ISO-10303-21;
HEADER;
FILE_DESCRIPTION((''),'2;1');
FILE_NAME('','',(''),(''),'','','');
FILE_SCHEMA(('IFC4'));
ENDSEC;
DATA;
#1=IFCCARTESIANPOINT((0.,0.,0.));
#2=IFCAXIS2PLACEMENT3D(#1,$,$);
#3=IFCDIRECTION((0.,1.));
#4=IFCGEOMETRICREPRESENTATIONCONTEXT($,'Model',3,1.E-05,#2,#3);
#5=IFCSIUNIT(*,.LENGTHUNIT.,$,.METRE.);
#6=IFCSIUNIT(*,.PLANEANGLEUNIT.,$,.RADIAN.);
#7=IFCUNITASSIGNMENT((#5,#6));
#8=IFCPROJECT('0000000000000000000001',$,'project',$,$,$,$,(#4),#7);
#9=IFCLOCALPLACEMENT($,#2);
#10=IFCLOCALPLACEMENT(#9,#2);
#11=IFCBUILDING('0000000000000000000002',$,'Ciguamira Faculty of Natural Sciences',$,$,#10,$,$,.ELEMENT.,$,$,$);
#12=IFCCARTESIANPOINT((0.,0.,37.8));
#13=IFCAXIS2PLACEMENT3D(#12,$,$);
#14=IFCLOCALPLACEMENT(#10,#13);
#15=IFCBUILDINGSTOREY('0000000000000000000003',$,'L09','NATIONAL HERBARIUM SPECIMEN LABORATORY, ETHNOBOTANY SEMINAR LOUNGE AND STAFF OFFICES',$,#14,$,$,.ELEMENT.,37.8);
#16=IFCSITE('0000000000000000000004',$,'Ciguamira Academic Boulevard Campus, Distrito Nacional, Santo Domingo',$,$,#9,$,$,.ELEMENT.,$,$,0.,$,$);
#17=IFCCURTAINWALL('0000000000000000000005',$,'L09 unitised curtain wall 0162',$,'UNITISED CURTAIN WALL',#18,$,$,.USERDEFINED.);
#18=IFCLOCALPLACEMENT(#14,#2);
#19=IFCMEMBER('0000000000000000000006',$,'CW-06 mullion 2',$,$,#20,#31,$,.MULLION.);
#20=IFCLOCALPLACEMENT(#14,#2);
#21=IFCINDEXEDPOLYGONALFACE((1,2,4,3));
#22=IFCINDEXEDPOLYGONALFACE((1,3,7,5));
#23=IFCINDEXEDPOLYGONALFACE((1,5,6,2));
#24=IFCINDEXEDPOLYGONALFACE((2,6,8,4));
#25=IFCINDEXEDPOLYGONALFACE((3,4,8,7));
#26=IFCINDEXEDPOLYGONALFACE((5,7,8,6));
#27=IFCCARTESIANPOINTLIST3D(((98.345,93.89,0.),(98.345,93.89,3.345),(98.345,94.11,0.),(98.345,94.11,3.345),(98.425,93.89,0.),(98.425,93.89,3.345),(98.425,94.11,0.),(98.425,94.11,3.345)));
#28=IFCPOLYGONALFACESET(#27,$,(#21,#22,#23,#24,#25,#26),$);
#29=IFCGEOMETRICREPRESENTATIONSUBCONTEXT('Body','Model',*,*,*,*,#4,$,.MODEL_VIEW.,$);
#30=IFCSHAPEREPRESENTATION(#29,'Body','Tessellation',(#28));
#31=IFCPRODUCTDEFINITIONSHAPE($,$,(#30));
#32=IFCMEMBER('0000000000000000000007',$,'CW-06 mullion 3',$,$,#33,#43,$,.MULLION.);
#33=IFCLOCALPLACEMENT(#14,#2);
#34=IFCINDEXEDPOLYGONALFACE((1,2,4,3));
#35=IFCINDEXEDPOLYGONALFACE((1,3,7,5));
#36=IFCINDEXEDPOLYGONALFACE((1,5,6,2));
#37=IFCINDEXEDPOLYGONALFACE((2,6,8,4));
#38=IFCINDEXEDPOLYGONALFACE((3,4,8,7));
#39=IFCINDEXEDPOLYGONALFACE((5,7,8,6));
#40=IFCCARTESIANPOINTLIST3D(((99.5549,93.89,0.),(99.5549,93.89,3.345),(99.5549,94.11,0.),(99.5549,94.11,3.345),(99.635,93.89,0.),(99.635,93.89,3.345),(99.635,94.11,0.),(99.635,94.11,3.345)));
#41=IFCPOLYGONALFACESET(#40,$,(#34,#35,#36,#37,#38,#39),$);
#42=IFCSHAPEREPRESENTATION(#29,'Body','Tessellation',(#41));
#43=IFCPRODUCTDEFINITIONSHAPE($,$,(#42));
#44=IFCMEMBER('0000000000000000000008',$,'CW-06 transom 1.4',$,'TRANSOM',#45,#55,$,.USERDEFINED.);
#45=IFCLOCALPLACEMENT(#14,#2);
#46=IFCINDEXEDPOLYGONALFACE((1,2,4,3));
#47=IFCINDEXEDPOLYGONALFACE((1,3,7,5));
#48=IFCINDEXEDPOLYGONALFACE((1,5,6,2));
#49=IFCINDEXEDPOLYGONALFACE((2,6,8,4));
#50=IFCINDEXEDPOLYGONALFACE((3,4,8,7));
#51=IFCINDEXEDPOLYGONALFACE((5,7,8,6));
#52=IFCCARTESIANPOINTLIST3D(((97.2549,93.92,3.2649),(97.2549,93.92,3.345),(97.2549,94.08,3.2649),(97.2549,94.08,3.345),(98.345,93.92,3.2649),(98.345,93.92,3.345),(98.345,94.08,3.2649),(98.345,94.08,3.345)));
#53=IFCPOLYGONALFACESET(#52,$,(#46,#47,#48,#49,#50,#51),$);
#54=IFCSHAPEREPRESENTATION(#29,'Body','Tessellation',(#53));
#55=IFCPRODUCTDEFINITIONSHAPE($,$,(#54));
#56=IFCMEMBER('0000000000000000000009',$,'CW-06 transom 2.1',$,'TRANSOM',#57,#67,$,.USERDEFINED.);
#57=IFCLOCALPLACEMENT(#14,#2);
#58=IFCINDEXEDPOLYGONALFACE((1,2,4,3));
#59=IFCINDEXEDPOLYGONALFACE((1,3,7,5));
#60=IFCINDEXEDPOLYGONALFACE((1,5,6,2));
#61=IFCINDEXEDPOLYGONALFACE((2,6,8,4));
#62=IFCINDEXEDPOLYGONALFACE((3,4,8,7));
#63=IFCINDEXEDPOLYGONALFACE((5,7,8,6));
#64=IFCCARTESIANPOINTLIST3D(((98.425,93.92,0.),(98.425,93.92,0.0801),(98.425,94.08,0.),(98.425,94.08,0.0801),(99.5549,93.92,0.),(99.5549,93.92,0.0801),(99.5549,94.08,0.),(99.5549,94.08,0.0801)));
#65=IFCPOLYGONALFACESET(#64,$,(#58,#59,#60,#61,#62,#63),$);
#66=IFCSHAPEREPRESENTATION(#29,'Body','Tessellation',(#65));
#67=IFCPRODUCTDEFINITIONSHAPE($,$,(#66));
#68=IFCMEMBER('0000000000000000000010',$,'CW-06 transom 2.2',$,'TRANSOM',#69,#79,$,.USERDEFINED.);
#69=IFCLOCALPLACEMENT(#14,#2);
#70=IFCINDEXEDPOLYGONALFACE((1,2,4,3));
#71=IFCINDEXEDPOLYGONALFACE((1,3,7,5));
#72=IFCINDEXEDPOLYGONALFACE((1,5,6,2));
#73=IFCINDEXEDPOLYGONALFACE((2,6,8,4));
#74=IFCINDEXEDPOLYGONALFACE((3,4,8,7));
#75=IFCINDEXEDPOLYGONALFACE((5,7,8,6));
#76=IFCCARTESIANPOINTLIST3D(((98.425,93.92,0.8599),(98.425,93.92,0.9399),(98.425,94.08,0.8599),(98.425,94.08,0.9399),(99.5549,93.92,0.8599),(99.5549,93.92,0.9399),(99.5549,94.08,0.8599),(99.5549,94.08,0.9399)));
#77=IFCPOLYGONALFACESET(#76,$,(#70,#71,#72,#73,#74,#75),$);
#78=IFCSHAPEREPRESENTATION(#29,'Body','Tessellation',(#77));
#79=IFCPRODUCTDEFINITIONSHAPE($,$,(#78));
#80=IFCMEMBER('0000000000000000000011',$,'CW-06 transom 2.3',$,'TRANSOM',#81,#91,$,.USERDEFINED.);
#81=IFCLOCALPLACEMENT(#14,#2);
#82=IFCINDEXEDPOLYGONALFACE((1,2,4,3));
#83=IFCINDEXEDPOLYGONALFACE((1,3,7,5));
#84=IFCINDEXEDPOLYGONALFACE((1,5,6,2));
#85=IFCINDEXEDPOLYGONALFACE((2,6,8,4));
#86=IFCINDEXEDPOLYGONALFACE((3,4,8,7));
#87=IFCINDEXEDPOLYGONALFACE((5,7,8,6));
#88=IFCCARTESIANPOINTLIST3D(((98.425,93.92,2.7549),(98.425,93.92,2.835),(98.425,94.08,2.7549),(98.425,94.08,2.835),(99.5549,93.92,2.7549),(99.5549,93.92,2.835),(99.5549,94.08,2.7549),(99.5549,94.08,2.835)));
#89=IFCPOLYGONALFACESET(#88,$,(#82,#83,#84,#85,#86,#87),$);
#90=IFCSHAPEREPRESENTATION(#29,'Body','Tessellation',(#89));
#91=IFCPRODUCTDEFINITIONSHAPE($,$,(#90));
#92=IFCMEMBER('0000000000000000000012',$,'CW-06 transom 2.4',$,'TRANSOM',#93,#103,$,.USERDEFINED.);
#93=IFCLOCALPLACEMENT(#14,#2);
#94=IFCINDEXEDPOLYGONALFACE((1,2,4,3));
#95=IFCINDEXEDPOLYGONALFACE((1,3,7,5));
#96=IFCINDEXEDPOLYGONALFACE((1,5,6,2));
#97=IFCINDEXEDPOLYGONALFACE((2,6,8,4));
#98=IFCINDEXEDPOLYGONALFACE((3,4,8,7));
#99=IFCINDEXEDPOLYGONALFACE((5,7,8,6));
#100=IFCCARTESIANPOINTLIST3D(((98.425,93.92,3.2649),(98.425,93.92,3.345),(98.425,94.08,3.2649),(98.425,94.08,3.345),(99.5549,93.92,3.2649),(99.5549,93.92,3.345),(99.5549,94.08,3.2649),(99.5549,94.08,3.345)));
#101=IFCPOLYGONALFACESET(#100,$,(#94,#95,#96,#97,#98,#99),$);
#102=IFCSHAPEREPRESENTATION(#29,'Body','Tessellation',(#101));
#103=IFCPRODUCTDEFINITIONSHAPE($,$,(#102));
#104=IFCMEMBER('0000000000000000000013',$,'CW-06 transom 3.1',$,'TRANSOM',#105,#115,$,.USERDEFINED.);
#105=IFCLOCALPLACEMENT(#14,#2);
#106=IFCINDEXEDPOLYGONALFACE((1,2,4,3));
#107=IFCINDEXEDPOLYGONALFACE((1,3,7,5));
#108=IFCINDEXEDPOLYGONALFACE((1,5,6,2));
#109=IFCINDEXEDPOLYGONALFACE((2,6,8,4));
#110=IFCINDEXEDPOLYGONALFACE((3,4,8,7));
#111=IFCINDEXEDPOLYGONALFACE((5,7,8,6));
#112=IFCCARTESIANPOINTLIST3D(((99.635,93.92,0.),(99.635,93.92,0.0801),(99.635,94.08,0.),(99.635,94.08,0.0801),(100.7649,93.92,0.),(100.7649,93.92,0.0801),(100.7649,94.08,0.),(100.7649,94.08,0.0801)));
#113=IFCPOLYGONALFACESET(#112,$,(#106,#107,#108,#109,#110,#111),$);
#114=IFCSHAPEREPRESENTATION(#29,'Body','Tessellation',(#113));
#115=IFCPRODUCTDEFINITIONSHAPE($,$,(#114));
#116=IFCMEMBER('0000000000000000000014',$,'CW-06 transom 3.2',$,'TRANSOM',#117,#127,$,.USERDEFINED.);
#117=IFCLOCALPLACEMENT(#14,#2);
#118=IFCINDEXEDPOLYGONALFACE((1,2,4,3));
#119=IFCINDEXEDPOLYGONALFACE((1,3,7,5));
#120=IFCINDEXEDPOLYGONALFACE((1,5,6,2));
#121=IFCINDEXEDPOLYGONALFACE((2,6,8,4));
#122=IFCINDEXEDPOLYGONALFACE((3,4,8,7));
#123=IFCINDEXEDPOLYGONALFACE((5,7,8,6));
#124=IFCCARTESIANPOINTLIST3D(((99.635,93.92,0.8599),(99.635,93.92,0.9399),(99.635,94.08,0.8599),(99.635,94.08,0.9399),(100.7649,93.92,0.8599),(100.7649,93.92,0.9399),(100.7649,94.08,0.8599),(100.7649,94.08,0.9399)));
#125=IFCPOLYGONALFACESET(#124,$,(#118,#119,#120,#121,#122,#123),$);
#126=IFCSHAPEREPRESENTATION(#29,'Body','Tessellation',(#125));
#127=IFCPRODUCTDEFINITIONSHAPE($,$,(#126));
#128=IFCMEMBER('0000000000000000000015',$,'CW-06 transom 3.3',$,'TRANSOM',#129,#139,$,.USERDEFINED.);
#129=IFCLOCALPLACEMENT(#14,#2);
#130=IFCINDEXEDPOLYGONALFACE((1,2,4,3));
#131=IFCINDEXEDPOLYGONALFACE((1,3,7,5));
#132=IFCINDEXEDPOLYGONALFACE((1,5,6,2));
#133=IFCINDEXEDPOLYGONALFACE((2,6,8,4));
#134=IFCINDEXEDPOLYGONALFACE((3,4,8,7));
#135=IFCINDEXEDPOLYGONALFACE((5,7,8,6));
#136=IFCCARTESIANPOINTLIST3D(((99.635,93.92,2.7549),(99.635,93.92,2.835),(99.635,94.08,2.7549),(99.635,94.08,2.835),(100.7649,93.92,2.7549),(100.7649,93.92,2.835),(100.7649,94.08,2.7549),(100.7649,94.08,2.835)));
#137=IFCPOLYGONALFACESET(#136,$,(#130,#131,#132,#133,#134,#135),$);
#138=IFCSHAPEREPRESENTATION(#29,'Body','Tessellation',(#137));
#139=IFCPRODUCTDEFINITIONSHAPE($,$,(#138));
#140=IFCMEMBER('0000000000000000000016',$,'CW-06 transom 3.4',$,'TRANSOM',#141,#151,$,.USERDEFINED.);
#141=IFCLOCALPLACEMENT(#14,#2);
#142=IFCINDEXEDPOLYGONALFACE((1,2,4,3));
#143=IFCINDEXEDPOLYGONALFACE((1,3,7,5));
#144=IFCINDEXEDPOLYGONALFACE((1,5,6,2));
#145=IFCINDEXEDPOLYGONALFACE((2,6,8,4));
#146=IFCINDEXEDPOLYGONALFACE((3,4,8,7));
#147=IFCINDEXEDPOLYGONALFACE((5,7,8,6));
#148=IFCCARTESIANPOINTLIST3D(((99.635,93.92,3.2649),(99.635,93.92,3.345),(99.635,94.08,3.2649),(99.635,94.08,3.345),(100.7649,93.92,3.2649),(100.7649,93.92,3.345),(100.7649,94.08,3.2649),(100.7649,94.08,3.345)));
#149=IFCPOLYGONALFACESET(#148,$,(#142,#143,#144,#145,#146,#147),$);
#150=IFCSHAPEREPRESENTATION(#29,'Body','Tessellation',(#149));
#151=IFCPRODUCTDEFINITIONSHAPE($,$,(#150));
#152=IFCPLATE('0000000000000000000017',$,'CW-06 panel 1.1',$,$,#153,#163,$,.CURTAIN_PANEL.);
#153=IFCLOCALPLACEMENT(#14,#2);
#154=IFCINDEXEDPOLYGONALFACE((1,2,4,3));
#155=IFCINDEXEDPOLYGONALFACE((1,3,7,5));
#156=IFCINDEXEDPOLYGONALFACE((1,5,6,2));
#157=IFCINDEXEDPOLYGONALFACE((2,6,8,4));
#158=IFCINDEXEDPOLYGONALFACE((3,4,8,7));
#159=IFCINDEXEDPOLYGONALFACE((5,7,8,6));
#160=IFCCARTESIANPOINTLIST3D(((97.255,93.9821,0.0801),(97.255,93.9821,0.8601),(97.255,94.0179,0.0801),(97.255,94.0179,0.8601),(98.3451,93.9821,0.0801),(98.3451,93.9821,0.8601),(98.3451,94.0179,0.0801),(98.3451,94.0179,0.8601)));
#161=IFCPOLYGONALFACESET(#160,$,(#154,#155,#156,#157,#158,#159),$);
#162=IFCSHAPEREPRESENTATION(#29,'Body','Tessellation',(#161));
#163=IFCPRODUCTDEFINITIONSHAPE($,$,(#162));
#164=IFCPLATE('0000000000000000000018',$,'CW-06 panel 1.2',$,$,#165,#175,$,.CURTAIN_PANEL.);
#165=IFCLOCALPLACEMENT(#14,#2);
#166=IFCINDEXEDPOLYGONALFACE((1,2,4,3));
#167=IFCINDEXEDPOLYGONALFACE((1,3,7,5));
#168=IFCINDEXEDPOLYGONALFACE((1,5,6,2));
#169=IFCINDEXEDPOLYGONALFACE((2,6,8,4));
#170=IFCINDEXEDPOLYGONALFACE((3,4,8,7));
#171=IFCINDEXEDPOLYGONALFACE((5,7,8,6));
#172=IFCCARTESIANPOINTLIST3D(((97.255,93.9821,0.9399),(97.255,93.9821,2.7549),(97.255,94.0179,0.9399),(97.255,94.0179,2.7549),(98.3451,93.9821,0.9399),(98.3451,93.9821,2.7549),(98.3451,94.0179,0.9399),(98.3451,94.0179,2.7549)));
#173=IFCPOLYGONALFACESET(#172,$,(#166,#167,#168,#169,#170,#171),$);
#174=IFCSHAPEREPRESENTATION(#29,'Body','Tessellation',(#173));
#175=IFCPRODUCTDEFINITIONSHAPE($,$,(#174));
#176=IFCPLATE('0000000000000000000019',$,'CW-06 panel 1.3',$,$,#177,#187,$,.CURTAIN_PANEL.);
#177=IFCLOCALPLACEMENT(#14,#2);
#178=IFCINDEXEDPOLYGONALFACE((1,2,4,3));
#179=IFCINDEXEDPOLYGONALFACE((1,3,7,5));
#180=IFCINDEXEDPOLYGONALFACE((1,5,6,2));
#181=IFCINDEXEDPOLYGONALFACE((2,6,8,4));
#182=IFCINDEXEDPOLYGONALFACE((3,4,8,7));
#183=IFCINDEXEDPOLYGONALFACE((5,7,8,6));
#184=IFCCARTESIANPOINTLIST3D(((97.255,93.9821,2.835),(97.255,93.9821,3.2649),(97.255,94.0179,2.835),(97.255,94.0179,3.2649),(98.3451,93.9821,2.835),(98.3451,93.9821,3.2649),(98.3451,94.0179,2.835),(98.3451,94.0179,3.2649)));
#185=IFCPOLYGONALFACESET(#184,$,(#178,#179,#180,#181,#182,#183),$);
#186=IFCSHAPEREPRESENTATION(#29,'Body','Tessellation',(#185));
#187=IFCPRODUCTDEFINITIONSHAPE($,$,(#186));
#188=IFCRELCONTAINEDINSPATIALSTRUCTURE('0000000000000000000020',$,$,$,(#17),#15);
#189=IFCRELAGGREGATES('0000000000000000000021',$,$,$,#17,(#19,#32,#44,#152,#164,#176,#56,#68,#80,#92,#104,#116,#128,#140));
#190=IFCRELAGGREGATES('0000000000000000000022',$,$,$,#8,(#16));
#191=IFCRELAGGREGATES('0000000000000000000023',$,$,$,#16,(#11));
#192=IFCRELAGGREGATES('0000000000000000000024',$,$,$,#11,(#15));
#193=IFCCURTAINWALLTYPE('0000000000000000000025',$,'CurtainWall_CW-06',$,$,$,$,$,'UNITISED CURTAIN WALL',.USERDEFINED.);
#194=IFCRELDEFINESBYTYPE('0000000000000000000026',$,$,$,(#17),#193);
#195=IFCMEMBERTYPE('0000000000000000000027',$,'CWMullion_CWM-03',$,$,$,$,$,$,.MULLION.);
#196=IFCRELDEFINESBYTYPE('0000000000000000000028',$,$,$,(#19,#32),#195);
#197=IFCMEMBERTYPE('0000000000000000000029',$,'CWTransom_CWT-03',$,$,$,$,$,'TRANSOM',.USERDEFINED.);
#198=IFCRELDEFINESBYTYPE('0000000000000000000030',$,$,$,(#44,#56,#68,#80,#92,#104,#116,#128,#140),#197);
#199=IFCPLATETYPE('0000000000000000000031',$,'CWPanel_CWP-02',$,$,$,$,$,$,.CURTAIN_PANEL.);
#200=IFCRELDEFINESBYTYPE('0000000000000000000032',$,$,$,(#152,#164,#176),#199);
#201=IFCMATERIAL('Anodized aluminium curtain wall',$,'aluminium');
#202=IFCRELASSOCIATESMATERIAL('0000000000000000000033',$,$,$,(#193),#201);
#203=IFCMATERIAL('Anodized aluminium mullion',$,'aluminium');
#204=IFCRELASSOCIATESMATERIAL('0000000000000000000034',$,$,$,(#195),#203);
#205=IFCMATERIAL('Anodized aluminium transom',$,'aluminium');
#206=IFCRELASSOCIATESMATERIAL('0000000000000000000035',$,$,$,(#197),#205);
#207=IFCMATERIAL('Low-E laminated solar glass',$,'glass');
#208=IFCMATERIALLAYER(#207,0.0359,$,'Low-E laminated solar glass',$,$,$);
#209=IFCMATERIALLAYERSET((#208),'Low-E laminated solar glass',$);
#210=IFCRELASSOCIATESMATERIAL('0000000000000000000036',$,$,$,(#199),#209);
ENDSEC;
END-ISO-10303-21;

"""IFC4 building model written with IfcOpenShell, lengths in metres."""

from ifc_helpers import new_model, si_unit, direction, frame, origin, origin_2d, place, context, subcontext, project, spatial, rectangle, extrude, material, layer, layer_set, material_profile, profile_set, type_object, element, aggregate, save


model = new_model("IFC4")

# Units and contexts
model_context = context("Model", 3, precision=1e-05, world=origin(), true_north=direction((0.0, 1.0)))
body_context = subcontext(model_context, "Body", "Model", "MODEL_VIEW")
ifc_project = project(units=[si_unit("LENGTHUNIT", "METRE"), si_unit("PLANEANGLEUNIT", "RADIAN")], contexts=[model_context])

# Site, building, storey
site_placement = place(None, origin())
site = spatial("IfcSite", under=ifc_project, at=site_placement, Name="Ciguamira Academic Boulevard Campus, Distrito Nacional, Santo Domingo", CompositionType="ELEMENT", RefElevation=0.0)
building_placement = place(site_placement, origin())
building = spatial("IfcBuilding", under=site, at=building_placement, Name="Ciguamira Faculty of Natural Sciences", CompositionType="ELEMENT")
storey_placement = place(building_placement, frame((0.0, 0.0, 37.8)))
storey = spatial("IfcBuildingStorey", under=building, at=storey_placement, Name="L09", Description="NATIONAL HERBARIUM SPECIMEN LABORATORY, ETHNOBOTANY SEMINAR LOUNGE AND STAFF OFFICES", CompositionType="ELEMENT", Elevation=37.8)

# Curtain wall, members, plates
ifc_material_1 = material(Name="Anodized aluminium curtain wall", Category="aluminium")
curtain_wall_type = type_object("IfcCurtainWallType", Name="CurtainWall_CW-06", ElementType="UNITISED CURTAIN WALL", PredefinedType="USERDEFINED", material=ifc_material_1)
curtain_wall_placement = place(storey_placement, origin())
curtain_wall = element("IfcCurtainWall", 1, at=curtain_wall_placement, inside=storey, type_object=curtain_wall_type, Name="L09 unitised curtain wall 0162", ObjectType="UNITISED CURTAIN WALL", PredefinedType="USERDEFINED")
ifc_material_2 = material(Name="Anodized aluminium mullion", Category="aluminium")
ifc_material_profile_1 = material_profile(ifc_material_2, rectangle(XDim=0.0801, YDim=0.22, at=origin_2d()), Name="ALU-MUL-80X220")
ifc_profile_set_1 = profile_set([ifc_material_profile_1], Name="Anodized aluminium mullion")
member_type_1 = type_object("IfcMemberType", Name="CWMullion_CWM-03", PredefinedType="MULLION", material=ifc_profile_set_1)
member_1_placement = place(storey_placement, frame((98.385, 94.0, 0.0), z_axis=(0.0, 0.0, 1.0), x_axis=(1.0, 0.0, 0.0)))
member_1 = element("IfcMember", 2, at=member_1_placement, type_object=member_type_1, Name="CW-06 mullion 2", PredefinedType="MULLION", context=body_context, shape_type="SweptSolid", body=[
    extrude(rectangle(XDim=0.0801, YDim=0.22, at=origin_2d()), origin(), (0.0, 0.0, 1.0), 3.345),
])
member_2_placement = place(storey_placement, frame((99.595, 94.0, 0.0), z_axis=(0.0, 0.0, 1.0), x_axis=(1.0, 0.0, 0.0)))
member_2 = element("IfcMember", 3, at=member_2_placement, type_object=member_type_1, Name="CW-06 mullion 3", PredefinedType="MULLION", context=body_context, shape_type="SweptSolid", body=[
    extrude(rectangle(XDim=0.0801, YDim=0.22, at=origin_2d()), origin(), (0.0, 0.0, 1.0), 3.345),
])
ifc_material_3 = material(Name="Anodized aluminium transom", Category="aluminium")
ifc_material_profile_2 = material_profile(ifc_material_3, rectangle(XDim=0.0801, YDim=0.1599, at=origin_2d()), Name="ALU-TRN-80X160")
ifc_profile_set_2 = profile_set([ifc_material_profile_2], Name="Anodized aluminium transom")
member_type_2 = type_object("IfcMemberType", Name="CWTransom_CWT-03", ElementType="TRANSOM", PredefinedType="USERDEFINED", material=ifc_profile_set_2)
member_3_placement = place(storey_placement, frame((97.2549, 94.0, 3.3049), z_axis=(1.0, 0.0, 0.0), x_axis=(0.0, 0.0, 1.0)))
member_3 = element("IfcMember", 4, at=member_3_placement, type_object=member_type_2, Name="CW-06 transom 1.4", ObjectType="TRANSOM", PredefinedType="USERDEFINED", context=body_context, shape_type="SweptSolid", body=[
    extrude(rectangle(XDim=0.0801, YDim=0.1599, at=origin_2d()), origin(), (0.0, 0.0, 1.0), 1.0901),
])
member_4_placement = place(storey_placement, frame((98.425, 94.0, 0.04), z_axis=(1.0, 0.0, 0.0), x_axis=(0.0, 0.0, 1.0)))
member_4 = element("IfcMember", 5, at=member_4_placement, type_object=member_type_2, Name="CW-06 transom 2.1", ObjectType="TRANSOM", PredefinedType="USERDEFINED", context=body_context, shape_type="SweptSolid", body=[
    extrude(rectangle(XDim=0.0801, YDim=0.1599, at=origin_2d()), origin(), (0.0, 0.0, 1.0), 1.1299),
])
member_5_placement = place(storey_placement, frame((98.425, 94.0, 0.8999), z_axis=(1.0, 0.0, 0.0), x_axis=(0.0, 0.0, 1.0)))
member_5 = element("IfcMember", 6, at=member_5_placement, type_object=member_type_2, Name="CW-06 transom 2.2", ObjectType="TRANSOM", PredefinedType="USERDEFINED", context=body_context, shape_type="SweptSolid", body=[
    extrude(rectangle(XDim=0.0801, YDim=0.1599, at=origin_2d()), origin(), (0.0, 0.0, 1.0), 1.1299),
])
member_6_placement = place(storey_placement, frame((98.425, 94.0, 2.7949), z_axis=(1.0, 0.0, 0.0), x_axis=(0.0, 0.0, 1.0)))
member_6 = element("IfcMember", 7, at=member_6_placement, type_object=member_type_2, Name="CW-06 transom 2.3", ObjectType="TRANSOM", PredefinedType="USERDEFINED", context=body_context, shape_type="SweptSolid", body=[
    extrude(rectangle(XDim=0.0801, YDim=0.1599, at=origin_2d()), origin(), (0.0, 0.0, 1.0), 1.1299),
])
member_7_placement = place(storey_placement, frame((98.425, 94.0, 3.3049), z_axis=(1.0, 0.0, 0.0), x_axis=(0.0, 0.0, 1.0)))
member_7 = element("IfcMember", 8, at=member_7_placement, type_object=member_type_2, Name="CW-06 transom 2.4", ObjectType="TRANSOM", PredefinedType="USERDEFINED", context=body_context, shape_type="SweptSolid", body=[
    extrude(rectangle(XDim=0.0801, YDim=0.1599, at=origin_2d()), origin(), (0.0, 0.0, 1.0), 1.1299),
])
member_8_placement = place(storey_placement, frame((99.635, 94.0, 0.04), z_axis=(1.0, 0.0, 0.0), x_axis=(0.0, 0.0, 1.0)))
member_8 = element("IfcMember", 9, at=member_8_placement, type_object=member_type_2, Name="CW-06 transom 3.1", ObjectType="TRANSOM", PredefinedType="USERDEFINED", context=body_context, shape_type="SweptSolid", body=[
    extrude(rectangle(XDim=0.0801, YDim=0.1599, at=origin_2d()), origin(), (0.0, 0.0, 1.0), 1.1299),
])
member_9_placement = place(storey_placement, frame((99.635, 94.0, 0.8999), z_axis=(1.0, 0.0, 0.0), x_axis=(0.0, 0.0, 1.0)))
member_9 = element("IfcMember", 10, at=member_9_placement, type_object=member_type_2, Name="CW-06 transom 3.2", ObjectType="TRANSOM", PredefinedType="USERDEFINED", context=body_context, shape_type="SweptSolid", body=[
    extrude(rectangle(XDim=0.0801, YDim=0.1599, at=origin_2d()), origin(), (0.0, 0.0, 1.0), 1.1299),
])
member_10_placement = place(storey_placement, frame((99.635, 94.0, 2.7949), z_axis=(1.0, 0.0, 0.0), x_axis=(0.0, 0.0, 1.0)))
member_10 = element("IfcMember", 11, at=member_10_placement, type_object=member_type_2, Name="CW-06 transom 3.3", ObjectType="TRANSOM", PredefinedType="USERDEFINED", context=body_context, shape_type="SweptSolid", body=[
    extrude(rectangle(XDim=0.0801, YDim=0.1599, at=origin_2d()), origin(), (0.0, 0.0, 1.0), 1.1299),
])
member_11_placement = place(storey_placement, frame((99.635, 94.0, 3.3049), z_axis=(1.0, 0.0, 0.0), x_axis=(0.0, 0.0, 1.0)))
member_11 = element("IfcMember", 12, at=member_11_placement, type_object=member_type_2, Name="CW-06 transom 3.4", ObjectType="TRANSOM", PredefinedType="USERDEFINED", context=body_context, shape_type="SweptSolid", body=[
    extrude(rectangle(XDim=0.0801, YDim=0.1599, at=origin_2d()), origin(), (0.0, 0.0, 1.0), 1.1299),
])
ifc_material_4 = material(Name="Low-E laminated solar glass", Category="glass")
ifc_layer = layer(ifc_material_4, 0.0359, Name="Low-E laminated solar glass")
ifc_layer_set = layer_set([ifc_layer], Name="Low-E laminated solar glass")
plate_type = type_object("IfcPlateType", Name="CWPanel_CWP-02", PredefinedType="CURTAIN_PANEL", material=ifc_layer_set)
plate_1_placement = place(storey_placement, frame((97.8, 94.0, 0.0801), z_axis=(0.0, 0.0, 1.0), x_axis=(1.0, 0.0, 0.0)))
plate_1 = element("IfcPlate", 13, at=plate_1_placement, type_object=plate_type, Name="CW-06 panel 1.1", PredefinedType="CURTAIN_PANEL", context=body_context, shape_type="SweptSolid", body=[
    extrude(rectangle(XDim=1.0901, YDim=0.0359, at=origin_2d()), origin(), (0.0, 0.0, 1.0), 0.78),
])
plate_2_placement = place(storey_placement, frame((97.8, 94.0, 0.9399), z_axis=(0.0, 0.0, 1.0), x_axis=(1.0, 0.0, 0.0)))
plate_2 = element("IfcPlate", 14, at=plate_2_placement, type_object=plate_type, Name="CW-06 panel 1.2", PredefinedType="CURTAIN_PANEL", context=body_context, shape_type="SweptSolid", body=[
    extrude(rectangle(XDim=1.0901, YDim=0.0359, at=origin_2d()), origin(), (0.0, 0.0, 1.0), 1.8149),
])
plate_3_placement = place(storey_placement, frame((97.8, 94.0, 2.835), z_axis=(0.0, 0.0, 1.0), x_axis=(1.0, 0.0, 0.0)))
plate_3 = element("IfcPlate", 15, at=plate_3_placement, type_object=plate_type, Name="CW-06 panel 1.3", PredefinedType="CURTAIN_PANEL", context=body_context, shape_type="SweptSolid", body=[
    extrude(rectangle(XDim=1.0901, YDim=0.0359, at=origin_2d()), origin(), (0.0, 0.0, 1.0), 0.4299),
])
aggregate(curtain_wall, [member_1, member_2, member_3, plate_1, plate_2, plate_3, member_4, member_5, member_6, member_7, member_8, member_9, member_10, member_11])

save(model, "model.ifc")
